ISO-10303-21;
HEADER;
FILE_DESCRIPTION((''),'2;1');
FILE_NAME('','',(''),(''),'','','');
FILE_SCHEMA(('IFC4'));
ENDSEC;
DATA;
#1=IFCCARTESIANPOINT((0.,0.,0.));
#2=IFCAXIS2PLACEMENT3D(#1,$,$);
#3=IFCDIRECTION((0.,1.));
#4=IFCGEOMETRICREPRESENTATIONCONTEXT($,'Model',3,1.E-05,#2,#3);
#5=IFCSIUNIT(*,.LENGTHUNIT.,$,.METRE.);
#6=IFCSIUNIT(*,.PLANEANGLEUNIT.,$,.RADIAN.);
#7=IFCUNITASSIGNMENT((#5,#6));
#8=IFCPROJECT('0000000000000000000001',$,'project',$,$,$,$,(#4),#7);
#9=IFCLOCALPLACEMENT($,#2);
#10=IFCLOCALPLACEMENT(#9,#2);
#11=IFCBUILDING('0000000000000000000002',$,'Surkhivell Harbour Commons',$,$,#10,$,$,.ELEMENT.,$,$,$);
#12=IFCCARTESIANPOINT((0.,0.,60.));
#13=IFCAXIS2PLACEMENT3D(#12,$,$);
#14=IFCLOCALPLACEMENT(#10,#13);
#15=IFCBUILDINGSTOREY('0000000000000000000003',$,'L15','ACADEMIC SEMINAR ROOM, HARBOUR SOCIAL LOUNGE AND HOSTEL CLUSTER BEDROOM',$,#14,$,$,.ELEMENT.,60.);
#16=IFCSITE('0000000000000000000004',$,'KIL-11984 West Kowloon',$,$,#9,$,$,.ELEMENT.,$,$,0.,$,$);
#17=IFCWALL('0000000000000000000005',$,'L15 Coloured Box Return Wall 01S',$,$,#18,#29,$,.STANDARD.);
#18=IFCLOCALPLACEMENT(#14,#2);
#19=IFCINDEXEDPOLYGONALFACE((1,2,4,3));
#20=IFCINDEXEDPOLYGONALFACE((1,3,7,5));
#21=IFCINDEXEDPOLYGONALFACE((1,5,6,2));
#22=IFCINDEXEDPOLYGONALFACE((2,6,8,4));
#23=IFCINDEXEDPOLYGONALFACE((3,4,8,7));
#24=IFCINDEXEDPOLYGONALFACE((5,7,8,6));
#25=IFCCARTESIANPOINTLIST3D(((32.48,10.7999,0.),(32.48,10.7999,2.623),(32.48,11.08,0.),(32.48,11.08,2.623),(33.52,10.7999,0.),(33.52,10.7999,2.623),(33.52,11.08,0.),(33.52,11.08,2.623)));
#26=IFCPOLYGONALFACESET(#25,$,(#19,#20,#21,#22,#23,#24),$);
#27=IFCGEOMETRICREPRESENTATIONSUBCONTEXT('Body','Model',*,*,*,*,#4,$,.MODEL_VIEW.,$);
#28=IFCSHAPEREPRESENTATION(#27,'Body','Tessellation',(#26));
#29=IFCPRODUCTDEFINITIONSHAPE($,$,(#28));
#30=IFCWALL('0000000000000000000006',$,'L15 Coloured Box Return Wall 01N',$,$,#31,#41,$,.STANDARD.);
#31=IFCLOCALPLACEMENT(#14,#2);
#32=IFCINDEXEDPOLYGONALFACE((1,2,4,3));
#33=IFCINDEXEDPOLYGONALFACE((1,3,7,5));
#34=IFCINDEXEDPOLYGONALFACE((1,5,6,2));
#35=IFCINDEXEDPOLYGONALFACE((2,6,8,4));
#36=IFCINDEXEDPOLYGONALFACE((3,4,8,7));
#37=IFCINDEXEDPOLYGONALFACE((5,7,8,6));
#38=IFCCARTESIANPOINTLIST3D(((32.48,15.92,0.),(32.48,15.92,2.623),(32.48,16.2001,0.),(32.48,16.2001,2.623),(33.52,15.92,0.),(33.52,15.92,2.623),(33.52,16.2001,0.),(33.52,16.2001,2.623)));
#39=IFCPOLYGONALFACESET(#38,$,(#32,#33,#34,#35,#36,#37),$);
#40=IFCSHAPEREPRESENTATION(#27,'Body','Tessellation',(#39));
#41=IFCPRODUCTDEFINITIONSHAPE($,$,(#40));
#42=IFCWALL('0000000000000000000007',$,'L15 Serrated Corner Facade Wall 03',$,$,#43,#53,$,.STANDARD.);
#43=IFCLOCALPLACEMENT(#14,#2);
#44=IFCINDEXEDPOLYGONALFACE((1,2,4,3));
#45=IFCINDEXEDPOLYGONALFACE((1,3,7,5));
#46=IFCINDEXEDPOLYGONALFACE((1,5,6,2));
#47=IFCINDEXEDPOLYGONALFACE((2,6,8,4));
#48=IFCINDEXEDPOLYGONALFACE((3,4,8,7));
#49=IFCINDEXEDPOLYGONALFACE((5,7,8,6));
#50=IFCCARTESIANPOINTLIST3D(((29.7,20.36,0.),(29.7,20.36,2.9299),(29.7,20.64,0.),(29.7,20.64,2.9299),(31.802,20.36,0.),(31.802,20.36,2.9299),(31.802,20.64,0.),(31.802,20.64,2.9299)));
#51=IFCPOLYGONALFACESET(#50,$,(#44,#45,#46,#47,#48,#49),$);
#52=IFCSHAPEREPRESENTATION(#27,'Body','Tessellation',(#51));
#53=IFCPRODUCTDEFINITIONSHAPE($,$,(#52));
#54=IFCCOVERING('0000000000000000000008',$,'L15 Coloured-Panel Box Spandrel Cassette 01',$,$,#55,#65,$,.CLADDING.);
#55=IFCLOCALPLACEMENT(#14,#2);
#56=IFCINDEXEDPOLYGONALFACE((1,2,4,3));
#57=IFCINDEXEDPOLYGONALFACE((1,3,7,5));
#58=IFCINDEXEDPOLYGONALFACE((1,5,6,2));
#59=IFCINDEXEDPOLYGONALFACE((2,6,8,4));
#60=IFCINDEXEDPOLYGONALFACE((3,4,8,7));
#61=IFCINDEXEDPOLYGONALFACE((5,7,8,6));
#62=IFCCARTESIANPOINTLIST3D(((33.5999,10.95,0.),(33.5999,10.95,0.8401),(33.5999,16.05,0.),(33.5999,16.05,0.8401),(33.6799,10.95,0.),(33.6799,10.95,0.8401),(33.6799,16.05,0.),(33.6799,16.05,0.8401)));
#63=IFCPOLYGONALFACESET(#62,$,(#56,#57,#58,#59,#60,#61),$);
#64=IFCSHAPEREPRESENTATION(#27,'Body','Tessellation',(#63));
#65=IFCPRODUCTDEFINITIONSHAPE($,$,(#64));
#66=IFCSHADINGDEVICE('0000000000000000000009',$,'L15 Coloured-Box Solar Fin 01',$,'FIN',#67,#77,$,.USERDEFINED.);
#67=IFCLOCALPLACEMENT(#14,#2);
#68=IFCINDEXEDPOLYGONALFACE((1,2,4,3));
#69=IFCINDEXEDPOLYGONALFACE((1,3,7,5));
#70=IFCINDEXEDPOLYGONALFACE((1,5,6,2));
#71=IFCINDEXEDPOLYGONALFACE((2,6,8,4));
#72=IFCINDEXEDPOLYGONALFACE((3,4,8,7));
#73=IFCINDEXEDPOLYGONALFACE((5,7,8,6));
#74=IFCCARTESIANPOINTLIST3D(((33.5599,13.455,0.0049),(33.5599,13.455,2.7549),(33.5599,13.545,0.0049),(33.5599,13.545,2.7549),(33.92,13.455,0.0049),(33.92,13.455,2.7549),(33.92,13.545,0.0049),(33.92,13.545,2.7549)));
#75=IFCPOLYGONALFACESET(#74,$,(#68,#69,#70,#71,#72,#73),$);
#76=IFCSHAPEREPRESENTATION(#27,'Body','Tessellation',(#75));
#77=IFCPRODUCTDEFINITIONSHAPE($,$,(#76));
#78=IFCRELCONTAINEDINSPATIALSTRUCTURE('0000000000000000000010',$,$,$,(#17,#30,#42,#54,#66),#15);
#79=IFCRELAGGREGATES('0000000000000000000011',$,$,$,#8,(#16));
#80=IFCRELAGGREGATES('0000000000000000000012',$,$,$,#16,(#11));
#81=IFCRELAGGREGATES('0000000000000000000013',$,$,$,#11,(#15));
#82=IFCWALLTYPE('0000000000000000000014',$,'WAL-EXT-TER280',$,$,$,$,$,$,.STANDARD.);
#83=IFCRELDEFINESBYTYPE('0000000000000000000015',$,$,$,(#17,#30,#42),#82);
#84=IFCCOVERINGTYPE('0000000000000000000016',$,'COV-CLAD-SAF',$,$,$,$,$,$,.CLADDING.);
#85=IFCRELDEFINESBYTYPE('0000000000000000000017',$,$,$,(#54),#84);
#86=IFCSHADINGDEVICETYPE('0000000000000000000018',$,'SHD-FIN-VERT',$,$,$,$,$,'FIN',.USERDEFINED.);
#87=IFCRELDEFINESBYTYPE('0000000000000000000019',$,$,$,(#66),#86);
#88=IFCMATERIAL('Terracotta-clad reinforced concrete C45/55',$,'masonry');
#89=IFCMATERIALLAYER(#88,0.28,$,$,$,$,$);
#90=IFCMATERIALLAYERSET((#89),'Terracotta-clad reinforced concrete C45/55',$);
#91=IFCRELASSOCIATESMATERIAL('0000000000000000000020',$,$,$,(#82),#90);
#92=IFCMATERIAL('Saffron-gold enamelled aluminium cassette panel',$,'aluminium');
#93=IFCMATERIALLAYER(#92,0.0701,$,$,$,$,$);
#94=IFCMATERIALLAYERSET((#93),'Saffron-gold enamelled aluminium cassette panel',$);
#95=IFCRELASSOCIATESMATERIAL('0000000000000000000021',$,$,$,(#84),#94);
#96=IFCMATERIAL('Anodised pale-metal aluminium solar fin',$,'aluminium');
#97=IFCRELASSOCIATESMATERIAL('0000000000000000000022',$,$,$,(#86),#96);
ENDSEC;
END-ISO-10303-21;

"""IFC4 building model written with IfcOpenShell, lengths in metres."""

from ifc_helpers import new_model, si_unit, direction, frame, frame_2d, origin, origin_2d, place, context, subcontext, project, spatial, rectangle, extrude, material, layer, layer_set, type_object, element, save


model = new_model("IFC4")

# Units and contexts
model_context = context("Model", 3, precision=1e-05, world=origin(), true_north=direction((0.0, 1.0)))
body_context = subcontext(model_context, "Body", "Model", "MODEL_VIEW")
ifc_project = project(units=[si_unit("LENGTHUNIT", "METRE"), si_unit("PLANEANGLEUNIT", "RADIAN")], contexts=[model_context])

# Site, building, storey
site_placement = place(None, origin())
site = spatial("IfcSite", under=ifc_project, at=site_placement, Name="KIL-11984 West Kowloon", CompositionType="ELEMENT", RefElevation=0.0)
building_placement = place(site_placement, origin())
building = spatial("IfcBuilding", under=site, at=building_placement, Name="Surkhivell Harbour Commons", CompositionType="ELEMENT")
storey_placement = place(building_placement, frame((0.0, 0.0, 60.0)))
storey = spatial("IfcBuildingStorey", under=building, at=storey_placement, Name="L15", Description="ACADEMIC SEMINAR ROOM, HARBOUR SOCIAL LOUNGE AND HOSTEL CLUSTER BEDROOM", CompositionType="ELEMENT", Elevation=60.0)

# Shared definitions
ifc_material_1 = material(Name="Terracotta-clad reinforced concrete C45/55", Category="masonry")
ifc_layer_1 = layer(ifc_material_1, 0.28)
ifc_layer_set_1 = layer_set([ifc_layer_1], Name="Terracotta-clad reinforced concrete C45/55")
wall_type = type_object("IfcWallType", Name="WAL-EXT-TER280", PredefinedType="STANDARD", material=ifc_layer_set_1)

# Walls
for number, where, z_axis, x_axis, name in (
    (1, (32.48, 10.9399, 0.0), (0.0, 0.0, 1.0), (1.0, 0.0, 0.0), "L15 Coloured Box Return Wall 01S"),
    (2, (32.48, 16.0601, 0.0), (0.0, 0.0, 1.0), (1.0, 0.0, 0.0), "L15 Coloured Box Return Wall 01N"),
):
    element("IfcWall", number, at=place(storey_placement, frame(where, z_axis=z_axis, x_axis=x_axis)), inside=storey, type_object=wall_type, Name=name, PredefinedType="STANDARD", context=body_context, shape_type="SweptSolid", body=[
        extrude(rectangle(XDim=1.04, YDim=0.28, at=frame_2d((0.52, 0.0))), origin(), (0.0, 0.0, 1.0), 2.623),
    ])
wall_1_placement = place(storey_placement, frame((31.802, 20.5, 0.0), z_axis=(0.0, 0.0, 1.0), x_axis=(-1.0, 0.0, 0.0)))
element("IfcWall", 3, at=wall_1_placement, inside=storey, type_object=wall_type, Name="L15 Serrated Corner Facade Wall 03", PredefinedType="STANDARD", context=body_context, shape_type="SweptSolid", body=[
    extrude(rectangle(XDim=2.1021, YDim=0.28, at=frame_2d((1.051, 0.0))), origin(), (0.0, 0.0, 1.0), 2.9299),
])

# Covering
ifc_material_2 = material(Name="Saffron-gold enamelled aluminium cassette panel", Category="aluminium")
ifc_layer_2 = layer(ifc_material_2, 0.0701)
ifc_layer_set_2 = layer_set([ifc_layer_2], Name="Saffron-gold enamelled aluminium cassette panel")
covering_type = type_object("IfcCoveringType", Name="COV-CLAD-SAF", PredefinedType="CLADDING", material=ifc_layer_set_2)
covering_placement = place(storey_placement, frame((33.6399, 13.5, 0.0), z_axis=(0.0, 0.0, 1.0), x_axis=(1.0, 0.0, 0.0)))
element("IfcCovering", 4, at=covering_placement, inside=storey, type_object=covering_type, Name="L15 Coloured-Panel Box Spandrel Cassette 01", PredefinedType="CLADDING", context=body_context, shape_type="SweptSolid", body=[
    extrude(rectangle(XDim=0.0801, YDim=5.1001, at=origin_2d()), origin(), (0.0, 0.0, 1.0), 0.8401),
])

# Shading device
ifc_material_3 = material(Name="Anodised pale-metal aluminium solar fin", Category="aluminium")
shading_device_type = type_object("IfcShadingDeviceType", Name="SHD-FIN-VERT", ElementType="FIN", PredefinedType="USERDEFINED", material=ifc_material_3)
shading_device_placement = place(storey_placement, frame((33.74, 13.5, 0.0049), z_axis=(0.0, 0.0, 1.0), x_axis=(1.0, 0.0, 0.0)))
element("IfcShadingDevice", 5, at=shading_device_placement, inside=storey, type_object=shading_device_type, Name="L15 Coloured-Box Solar Fin 01", ObjectType="FIN", PredefinedType="USERDEFINED", context=body_context, shape_type="SweptSolid", body=[
    extrude(rectangle(XDim=0.3601, YDim=0.0901, at=origin_2d()), origin(), (0.0, 0.0, 1.0), 2.75),
])

save(model, "model.ifc")
